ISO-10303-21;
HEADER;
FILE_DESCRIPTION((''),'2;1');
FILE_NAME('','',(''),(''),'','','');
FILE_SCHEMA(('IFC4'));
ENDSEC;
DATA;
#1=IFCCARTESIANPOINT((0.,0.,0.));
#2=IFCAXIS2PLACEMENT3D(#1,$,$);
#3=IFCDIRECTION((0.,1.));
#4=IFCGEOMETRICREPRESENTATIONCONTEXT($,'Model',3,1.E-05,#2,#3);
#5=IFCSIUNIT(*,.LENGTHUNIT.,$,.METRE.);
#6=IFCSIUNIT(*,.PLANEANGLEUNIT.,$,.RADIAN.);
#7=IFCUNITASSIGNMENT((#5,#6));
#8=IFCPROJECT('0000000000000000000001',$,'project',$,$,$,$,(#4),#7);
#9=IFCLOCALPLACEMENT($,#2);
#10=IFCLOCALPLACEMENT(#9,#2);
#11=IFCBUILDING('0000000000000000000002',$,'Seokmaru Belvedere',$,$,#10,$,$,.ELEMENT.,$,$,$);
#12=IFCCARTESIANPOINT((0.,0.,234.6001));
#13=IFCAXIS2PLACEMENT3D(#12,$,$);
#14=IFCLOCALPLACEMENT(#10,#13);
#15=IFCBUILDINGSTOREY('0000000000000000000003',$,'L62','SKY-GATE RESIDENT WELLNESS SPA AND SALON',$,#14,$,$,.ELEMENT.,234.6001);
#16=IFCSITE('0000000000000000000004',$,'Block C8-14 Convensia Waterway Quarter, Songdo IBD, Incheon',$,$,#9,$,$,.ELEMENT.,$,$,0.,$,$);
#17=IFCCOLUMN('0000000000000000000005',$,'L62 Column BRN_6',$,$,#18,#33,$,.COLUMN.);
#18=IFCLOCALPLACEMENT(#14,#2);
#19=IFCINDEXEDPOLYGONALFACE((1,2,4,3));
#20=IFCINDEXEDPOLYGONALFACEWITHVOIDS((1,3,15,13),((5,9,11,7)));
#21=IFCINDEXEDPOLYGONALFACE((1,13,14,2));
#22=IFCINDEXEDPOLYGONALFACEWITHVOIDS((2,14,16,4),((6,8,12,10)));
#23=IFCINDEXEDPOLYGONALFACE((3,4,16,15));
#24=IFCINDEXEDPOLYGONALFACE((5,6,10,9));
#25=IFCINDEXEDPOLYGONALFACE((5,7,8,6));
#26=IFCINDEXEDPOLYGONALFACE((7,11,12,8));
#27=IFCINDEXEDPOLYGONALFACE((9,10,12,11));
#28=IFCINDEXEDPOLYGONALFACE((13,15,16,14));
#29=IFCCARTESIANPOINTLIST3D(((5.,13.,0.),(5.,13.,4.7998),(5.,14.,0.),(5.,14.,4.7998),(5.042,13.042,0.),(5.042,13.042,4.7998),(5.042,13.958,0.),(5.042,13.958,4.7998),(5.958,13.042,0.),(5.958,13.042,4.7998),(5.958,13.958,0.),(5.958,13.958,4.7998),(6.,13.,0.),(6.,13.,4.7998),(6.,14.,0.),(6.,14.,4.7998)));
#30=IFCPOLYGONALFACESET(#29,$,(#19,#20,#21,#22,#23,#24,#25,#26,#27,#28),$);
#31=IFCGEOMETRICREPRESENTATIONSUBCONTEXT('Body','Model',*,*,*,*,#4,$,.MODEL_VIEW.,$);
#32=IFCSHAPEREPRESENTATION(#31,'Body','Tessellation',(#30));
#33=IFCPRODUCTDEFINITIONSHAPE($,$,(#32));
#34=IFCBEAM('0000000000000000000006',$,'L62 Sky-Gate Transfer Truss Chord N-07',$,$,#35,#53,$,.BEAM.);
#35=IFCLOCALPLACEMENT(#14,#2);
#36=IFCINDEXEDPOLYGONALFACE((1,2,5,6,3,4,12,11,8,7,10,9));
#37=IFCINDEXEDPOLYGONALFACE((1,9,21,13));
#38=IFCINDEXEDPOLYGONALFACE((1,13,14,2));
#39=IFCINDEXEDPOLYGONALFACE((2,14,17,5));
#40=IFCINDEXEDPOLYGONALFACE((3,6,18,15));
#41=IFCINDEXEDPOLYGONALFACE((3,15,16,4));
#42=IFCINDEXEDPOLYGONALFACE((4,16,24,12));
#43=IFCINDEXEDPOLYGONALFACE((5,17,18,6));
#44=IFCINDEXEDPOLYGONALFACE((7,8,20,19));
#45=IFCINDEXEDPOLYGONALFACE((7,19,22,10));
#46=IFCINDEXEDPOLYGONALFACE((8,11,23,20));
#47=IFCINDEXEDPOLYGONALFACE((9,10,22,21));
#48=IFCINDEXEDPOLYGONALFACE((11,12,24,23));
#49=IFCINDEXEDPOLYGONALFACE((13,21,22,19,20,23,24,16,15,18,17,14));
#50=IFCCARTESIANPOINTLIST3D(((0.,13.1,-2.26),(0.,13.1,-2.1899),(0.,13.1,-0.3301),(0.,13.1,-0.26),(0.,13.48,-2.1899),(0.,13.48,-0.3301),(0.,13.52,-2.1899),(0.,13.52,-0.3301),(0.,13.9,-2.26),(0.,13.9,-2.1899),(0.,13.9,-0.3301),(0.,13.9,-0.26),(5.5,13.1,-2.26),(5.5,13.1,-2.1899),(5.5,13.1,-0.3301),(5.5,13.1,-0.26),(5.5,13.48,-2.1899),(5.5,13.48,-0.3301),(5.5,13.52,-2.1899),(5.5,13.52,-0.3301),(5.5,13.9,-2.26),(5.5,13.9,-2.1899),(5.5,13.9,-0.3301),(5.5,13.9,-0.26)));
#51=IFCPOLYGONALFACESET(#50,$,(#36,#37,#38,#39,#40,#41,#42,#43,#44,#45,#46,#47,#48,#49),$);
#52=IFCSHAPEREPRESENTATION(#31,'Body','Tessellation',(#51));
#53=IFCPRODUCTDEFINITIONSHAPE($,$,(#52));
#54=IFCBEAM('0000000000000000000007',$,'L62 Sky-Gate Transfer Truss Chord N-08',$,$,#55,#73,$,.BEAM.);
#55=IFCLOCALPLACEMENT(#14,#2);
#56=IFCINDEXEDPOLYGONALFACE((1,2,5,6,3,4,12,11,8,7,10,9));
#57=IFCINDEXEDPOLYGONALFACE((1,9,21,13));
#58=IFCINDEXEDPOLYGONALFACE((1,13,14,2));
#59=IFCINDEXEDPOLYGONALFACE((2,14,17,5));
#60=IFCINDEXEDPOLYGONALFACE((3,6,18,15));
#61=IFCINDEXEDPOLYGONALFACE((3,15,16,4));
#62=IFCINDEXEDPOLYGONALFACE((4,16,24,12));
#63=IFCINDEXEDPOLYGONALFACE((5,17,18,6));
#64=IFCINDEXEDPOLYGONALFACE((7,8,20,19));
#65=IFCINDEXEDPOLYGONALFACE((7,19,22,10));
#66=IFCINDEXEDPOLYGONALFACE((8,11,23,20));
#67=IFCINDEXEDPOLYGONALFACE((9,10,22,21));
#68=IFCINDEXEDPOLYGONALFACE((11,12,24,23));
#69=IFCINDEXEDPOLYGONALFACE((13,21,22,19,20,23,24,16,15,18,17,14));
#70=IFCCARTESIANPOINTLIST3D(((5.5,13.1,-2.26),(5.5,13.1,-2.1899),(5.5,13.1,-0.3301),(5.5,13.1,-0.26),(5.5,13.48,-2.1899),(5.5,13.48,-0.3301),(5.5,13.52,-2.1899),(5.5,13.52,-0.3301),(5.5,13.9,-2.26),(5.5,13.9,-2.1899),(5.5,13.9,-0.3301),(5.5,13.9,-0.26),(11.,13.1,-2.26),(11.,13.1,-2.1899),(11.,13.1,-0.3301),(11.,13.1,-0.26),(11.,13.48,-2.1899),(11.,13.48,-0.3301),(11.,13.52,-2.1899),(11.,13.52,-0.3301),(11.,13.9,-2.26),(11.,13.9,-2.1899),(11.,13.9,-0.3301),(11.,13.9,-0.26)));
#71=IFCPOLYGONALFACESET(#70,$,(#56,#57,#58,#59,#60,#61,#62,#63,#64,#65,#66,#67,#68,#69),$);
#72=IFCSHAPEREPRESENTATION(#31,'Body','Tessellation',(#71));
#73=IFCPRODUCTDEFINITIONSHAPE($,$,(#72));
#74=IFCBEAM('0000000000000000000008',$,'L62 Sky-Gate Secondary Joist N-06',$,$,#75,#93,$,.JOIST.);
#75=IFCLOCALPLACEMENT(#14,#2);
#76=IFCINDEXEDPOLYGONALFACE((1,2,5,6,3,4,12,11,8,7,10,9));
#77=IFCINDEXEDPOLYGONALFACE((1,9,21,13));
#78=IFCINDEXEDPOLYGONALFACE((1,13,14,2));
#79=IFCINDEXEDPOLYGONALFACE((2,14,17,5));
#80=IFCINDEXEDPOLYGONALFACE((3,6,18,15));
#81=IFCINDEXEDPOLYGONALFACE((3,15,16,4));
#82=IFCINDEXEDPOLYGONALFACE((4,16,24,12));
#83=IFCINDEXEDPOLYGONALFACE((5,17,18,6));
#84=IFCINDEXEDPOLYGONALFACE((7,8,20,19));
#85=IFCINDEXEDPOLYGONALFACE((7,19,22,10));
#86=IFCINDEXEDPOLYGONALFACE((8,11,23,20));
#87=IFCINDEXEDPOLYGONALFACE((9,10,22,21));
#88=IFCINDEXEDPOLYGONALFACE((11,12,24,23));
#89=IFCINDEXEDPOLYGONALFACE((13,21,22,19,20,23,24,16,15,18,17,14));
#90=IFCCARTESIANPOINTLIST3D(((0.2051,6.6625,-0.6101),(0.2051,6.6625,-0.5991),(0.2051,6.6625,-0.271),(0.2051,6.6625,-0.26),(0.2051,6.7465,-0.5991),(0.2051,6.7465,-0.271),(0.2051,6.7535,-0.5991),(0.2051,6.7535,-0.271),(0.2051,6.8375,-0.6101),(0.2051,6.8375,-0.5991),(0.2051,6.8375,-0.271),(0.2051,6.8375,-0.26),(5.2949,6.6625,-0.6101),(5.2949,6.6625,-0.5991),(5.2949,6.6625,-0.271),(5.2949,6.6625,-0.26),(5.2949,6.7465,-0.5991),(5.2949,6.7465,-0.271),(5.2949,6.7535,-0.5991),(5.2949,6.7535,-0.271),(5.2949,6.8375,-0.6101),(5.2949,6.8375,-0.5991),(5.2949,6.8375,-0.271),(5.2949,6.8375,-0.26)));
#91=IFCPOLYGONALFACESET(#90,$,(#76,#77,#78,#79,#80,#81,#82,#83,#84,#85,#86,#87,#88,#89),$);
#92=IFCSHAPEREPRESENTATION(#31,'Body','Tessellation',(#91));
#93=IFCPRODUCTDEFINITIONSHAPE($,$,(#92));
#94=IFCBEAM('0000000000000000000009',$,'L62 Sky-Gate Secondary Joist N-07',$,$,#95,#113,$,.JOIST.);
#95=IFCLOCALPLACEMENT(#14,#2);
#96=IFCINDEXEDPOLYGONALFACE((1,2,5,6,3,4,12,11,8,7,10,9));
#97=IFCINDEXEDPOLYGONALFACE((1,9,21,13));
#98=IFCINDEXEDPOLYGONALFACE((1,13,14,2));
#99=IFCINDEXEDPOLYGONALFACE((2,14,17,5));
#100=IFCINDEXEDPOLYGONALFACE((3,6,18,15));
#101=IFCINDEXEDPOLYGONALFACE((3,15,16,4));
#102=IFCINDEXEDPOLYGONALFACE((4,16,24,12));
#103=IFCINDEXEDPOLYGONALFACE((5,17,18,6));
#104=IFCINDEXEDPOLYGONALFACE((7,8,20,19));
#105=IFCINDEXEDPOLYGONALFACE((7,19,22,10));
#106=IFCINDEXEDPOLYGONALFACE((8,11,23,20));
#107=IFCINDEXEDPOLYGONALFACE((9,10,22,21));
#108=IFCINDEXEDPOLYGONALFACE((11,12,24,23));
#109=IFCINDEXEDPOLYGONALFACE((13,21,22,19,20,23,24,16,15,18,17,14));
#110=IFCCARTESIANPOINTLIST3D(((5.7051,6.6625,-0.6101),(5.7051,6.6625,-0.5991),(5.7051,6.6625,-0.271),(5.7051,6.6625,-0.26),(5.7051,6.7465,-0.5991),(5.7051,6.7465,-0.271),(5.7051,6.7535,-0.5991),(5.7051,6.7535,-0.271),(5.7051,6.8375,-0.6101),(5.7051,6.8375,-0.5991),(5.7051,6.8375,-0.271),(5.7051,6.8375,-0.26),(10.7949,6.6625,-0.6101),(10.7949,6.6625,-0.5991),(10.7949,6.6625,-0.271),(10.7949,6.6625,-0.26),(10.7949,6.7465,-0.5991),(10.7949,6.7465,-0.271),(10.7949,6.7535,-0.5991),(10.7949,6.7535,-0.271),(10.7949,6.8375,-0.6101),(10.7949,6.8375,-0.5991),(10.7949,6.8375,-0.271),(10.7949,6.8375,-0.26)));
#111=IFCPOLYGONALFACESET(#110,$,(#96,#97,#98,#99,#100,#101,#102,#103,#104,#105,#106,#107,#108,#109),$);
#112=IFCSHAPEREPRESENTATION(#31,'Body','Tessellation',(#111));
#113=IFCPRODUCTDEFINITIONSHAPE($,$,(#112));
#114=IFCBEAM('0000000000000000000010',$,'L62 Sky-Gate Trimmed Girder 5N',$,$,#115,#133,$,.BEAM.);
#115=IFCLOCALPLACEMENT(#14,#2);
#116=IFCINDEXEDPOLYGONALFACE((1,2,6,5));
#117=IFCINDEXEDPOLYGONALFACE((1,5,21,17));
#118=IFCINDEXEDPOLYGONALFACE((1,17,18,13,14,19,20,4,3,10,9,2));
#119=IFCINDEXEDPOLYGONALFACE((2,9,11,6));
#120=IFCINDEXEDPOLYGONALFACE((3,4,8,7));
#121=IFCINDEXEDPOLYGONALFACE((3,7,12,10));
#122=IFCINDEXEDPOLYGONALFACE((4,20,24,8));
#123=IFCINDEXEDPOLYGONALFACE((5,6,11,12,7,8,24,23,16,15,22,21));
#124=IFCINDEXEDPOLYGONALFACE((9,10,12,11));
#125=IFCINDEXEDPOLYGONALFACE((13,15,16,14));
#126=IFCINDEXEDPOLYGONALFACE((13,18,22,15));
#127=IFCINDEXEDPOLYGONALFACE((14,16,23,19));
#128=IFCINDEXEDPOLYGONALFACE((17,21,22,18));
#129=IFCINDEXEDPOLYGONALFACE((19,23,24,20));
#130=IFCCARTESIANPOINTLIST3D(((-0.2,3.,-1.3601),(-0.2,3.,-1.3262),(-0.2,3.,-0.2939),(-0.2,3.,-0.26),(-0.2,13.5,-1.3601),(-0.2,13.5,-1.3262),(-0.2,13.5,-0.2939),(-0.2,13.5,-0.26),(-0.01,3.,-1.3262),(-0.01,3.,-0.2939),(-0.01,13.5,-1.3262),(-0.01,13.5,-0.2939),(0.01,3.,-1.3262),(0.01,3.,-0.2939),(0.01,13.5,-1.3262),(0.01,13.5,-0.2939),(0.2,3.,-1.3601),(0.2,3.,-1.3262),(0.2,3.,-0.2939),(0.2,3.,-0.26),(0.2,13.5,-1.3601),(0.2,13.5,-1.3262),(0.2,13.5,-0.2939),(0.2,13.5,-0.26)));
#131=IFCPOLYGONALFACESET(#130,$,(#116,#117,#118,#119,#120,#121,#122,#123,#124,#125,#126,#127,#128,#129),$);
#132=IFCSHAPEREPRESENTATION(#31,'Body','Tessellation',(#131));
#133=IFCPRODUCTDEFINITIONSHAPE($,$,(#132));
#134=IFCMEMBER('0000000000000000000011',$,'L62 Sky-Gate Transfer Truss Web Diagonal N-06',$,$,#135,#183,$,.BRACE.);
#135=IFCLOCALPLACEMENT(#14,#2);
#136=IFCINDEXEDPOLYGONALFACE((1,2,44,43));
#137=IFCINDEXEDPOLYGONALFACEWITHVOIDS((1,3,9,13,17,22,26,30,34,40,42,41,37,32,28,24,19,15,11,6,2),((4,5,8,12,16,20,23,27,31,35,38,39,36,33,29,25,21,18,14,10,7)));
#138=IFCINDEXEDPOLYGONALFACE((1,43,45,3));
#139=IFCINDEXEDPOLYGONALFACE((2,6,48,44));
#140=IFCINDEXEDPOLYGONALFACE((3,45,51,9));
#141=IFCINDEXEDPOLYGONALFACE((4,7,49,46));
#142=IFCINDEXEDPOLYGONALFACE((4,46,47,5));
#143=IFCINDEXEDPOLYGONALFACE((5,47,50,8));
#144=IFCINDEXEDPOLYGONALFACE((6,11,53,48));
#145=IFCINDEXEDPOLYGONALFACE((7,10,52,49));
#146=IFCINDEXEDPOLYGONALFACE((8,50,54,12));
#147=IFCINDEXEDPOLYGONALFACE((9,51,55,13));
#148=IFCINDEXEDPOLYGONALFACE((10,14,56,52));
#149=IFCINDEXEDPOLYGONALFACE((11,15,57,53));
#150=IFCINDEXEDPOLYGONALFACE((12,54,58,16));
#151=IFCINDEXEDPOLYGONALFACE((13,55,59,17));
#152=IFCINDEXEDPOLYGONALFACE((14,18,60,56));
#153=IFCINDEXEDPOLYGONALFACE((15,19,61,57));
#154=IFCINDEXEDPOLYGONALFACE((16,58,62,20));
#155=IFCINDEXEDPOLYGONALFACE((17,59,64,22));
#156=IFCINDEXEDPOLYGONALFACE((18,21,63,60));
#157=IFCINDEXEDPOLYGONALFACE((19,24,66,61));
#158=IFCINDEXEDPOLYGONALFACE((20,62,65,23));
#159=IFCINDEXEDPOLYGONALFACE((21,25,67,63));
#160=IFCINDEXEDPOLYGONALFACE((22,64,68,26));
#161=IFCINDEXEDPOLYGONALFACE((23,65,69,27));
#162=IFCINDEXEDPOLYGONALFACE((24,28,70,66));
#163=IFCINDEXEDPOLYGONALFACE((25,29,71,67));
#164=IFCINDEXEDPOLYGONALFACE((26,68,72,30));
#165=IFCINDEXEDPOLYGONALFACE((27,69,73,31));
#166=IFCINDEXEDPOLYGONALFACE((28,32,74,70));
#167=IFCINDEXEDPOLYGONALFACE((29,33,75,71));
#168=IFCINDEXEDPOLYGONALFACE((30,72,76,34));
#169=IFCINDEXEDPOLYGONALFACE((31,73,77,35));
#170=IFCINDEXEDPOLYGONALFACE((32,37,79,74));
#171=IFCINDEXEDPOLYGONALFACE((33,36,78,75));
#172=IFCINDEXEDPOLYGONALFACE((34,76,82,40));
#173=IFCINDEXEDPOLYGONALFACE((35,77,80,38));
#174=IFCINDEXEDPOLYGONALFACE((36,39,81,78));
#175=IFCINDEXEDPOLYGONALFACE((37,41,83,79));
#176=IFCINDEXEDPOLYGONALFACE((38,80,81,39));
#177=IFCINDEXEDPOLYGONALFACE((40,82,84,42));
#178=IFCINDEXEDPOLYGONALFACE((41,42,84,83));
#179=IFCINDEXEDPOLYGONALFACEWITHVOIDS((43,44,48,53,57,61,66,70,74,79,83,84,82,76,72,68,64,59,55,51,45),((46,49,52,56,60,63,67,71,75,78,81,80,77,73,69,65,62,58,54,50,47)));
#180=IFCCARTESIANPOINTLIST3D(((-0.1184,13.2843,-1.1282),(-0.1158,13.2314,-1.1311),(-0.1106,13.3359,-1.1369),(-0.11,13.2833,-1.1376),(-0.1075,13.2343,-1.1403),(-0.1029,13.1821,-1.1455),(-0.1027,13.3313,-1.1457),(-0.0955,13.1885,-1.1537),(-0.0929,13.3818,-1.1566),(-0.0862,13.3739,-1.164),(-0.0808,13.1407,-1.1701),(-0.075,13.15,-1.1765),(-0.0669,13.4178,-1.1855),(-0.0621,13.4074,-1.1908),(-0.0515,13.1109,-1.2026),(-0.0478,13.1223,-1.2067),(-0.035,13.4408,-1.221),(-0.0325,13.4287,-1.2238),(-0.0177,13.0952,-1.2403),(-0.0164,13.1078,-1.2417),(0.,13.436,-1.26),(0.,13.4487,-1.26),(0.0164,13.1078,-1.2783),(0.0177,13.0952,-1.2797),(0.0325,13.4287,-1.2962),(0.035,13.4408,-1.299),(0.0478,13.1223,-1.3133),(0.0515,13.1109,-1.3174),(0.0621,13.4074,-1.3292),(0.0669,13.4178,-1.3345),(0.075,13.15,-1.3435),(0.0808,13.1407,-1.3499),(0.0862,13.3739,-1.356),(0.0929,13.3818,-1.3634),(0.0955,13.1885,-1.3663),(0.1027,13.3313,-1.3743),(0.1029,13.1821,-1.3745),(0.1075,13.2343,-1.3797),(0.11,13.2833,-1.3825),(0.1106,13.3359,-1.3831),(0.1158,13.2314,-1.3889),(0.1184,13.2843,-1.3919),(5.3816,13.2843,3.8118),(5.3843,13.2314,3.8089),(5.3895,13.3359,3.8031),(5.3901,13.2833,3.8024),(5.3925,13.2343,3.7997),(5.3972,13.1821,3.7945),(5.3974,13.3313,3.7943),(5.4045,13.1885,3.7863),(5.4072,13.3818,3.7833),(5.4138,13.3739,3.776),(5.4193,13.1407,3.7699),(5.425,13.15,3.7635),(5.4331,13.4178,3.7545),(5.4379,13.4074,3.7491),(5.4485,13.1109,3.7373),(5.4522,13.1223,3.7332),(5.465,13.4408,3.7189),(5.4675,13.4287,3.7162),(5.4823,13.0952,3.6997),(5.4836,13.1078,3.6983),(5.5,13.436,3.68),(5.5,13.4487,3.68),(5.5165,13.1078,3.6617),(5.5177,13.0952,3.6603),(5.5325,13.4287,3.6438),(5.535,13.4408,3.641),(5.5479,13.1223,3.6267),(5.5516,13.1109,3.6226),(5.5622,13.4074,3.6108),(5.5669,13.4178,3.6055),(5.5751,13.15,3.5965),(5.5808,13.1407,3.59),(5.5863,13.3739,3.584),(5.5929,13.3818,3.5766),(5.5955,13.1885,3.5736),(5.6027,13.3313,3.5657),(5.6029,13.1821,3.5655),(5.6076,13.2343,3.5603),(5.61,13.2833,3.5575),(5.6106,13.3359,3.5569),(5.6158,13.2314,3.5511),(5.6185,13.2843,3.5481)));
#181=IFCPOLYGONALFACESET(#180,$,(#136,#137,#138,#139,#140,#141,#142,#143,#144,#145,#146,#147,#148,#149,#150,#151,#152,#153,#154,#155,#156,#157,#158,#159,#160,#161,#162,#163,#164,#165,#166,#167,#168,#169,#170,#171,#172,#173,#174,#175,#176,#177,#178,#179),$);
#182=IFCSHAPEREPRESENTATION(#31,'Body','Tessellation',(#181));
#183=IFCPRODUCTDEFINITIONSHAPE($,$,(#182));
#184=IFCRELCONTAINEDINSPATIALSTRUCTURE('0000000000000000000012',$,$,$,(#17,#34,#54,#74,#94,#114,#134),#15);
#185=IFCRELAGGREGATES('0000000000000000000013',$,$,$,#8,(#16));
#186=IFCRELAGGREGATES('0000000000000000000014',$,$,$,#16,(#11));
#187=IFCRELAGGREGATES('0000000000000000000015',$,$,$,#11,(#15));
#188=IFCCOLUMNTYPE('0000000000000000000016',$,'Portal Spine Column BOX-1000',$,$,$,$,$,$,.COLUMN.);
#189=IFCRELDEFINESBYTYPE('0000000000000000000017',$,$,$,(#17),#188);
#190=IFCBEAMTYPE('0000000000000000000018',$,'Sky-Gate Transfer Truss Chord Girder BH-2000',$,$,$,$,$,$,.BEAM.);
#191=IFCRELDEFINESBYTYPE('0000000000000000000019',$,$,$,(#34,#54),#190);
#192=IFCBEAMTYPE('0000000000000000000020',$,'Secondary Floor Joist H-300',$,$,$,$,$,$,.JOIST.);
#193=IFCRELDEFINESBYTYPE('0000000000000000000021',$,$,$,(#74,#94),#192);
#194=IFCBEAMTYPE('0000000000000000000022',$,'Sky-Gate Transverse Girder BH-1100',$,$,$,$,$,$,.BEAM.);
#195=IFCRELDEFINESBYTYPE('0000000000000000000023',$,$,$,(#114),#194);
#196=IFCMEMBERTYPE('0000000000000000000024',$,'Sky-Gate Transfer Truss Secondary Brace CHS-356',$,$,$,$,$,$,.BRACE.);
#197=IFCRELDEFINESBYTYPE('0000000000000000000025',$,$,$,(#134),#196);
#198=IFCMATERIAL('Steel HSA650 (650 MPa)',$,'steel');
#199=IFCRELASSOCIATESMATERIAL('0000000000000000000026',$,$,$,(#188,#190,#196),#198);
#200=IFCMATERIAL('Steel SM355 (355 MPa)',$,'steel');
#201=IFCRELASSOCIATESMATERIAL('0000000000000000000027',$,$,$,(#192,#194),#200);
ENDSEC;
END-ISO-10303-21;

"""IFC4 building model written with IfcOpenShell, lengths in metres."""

from ifc_helpers import new_model, si_unit, direction, frame, origin, origin_2d, place, context, subcontext, project, spatial, hollow_rectangle, hollow_circle, i_section, extrude, source, transform, mapped, material, material_profile, profile_set, type_object, type_shapes, element, save


model = new_model("IFC4")

# Units and contexts
model_context = context("Model", 3, precision=1e-05, world=origin(), true_north=direction((0.0, 1.0)))
body_context = subcontext(model_context, "Body", "Model", "MODEL_VIEW")
ifc_project = project(units=[si_unit("LENGTHUNIT", "METRE"), si_unit("PLANEANGLEUNIT", "RADIAN")], contexts=[model_context])

# Site, building, storey
site_placement = place(None, origin())
site = spatial("IfcSite", under=ifc_project, at=site_placement, Name="Block C8-14 Convensia Waterway Quarter, Songdo IBD, Incheon", CompositionType="ELEMENT", RefElevation=0.0)
building_placement = place(site_placement, origin())
building = spatial("IfcBuilding", under=site, at=building_placement, Name="Seokmaru Belvedere", CompositionType="ELEMENT")
storey_placement = place(building_placement, frame((0.0, 0.0, 234.6001)))
storey = spatial("IfcBuildingStorey", under=building, at=storey_placement, Name="L62", Description="SKY-GATE RESIDENT WELLNESS SPA AND SALON", CompositionType="ELEMENT", Elevation=234.6001)

# Column
ifc_material_1 = material(Name="Steel HSA650 (650 MPa)", Category="steel")
ifc_material_profile_1 = material_profile(ifc_material_1, hollow_rectangle(XDim=1.0, YDim=1.0, WallThickness=0.042, at=origin_2d()), Name="BOX-1000x1000x42")
ifc_profile_set_1 = profile_set([ifc_material_profile_1], Name="Steel HSA650 (650 MPa)")
column_type = type_object("IfcColumnType", Name="Portal Spine Column BOX-1000", PredefinedType="COLUMN", material=ifc_profile_set_1)
shared_shape_1 = source(origin(), body_context, "Body", "SweptSolid", [
    extrude(hollow_rectangle(XDim=1.0, YDim=1.0, WallThickness=0.042, at=origin_2d()), origin(), (0.0, 0.0, 1.0), 4.7998),
])
type_shapes(column_type, [shared_shape_1])
column_placement = place(storey_placement, frame((5.5, 13.5, 0.0), z_axis=(0.0, 0.0, 1.0), x_axis=(1.0, 0.0, 0.0)))
element("IfcColumn", 1, at=column_placement, inside=storey, type_object=column_type, Name="L62 Column BRN_6", PredefinedType="COLUMN", context=body_context, shape_type="MappedRepresentation", body=[
    mapped(shared_shape_1, transform((0.0, 0.0, 0.0), scale=1.0)),
])

# Beams
ifc_material_profile_2 = material_profile(ifc_material_1, i_section(OverallWidth=0.8, OverallDepth=2.0, WebThickness=0.04, FlangeThickness=0.0701, at=origin_2d()), Name="BH-2000x800x40x70")
ifc_profile_set_2 = profile_set([ifc_material_profile_2], Name="Steel HSA650 (650 MPa)")
beam_type_1 = type_object("IfcBeamType", Name="Sky-Gate Transfer Truss Chord Girder BH-2000", PredefinedType="BEAM", material=ifc_profile_set_2)
shared_shape_2 = source(origin(), body_context, "Body", "SweptSolid", [
    extrude(i_section(OverallWidth=0.8, OverallDepth=2.0, WebThickness=0.04, FlangeThickness=0.0701, at=origin_2d()), origin(), (0.0, 0.0, 1.0), 5.5),
])
type_shapes(beam_type_1, [shared_shape_2])
for number, where, z_axis, x_axis, name in (
    (2, (0.0, 13.5, -1.26), (1.0, 0.0, 0.0), (0.0, 1.0, 0.0), "L62 Sky-Gate Transfer Truss Chord N-07"),
    (3, (5.5, 13.5, -1.26), (1.0, 0.0, 0.0), (0.0, 1.0, 0.0), "L62 Sky-Gate Transfer Truss Chord N-08"),
):
    element("IfcBeam", number, at=place(storey_placement, frame(where, z_axis=z_axis, x_axis=x_axis)), inside=storey, type_object=beam_type_1, Name=name, PredefinedType="BEAM", context=body_context, shape_type="MappedRepresentation", body=[
        mapped(shared_shape_2, transform((0.0, 0.0, 0.0), scale=1.0)),
    ])
ifc_material_2 = material(Name="Steel SM355 (355 MPa)", Category="steel")
ifc_material_profile_3 = material_profile(ifc_material_2, i_section(OverallWidth=0.175, OverallDepth=0.3501, WebThickness=0.0071, FlangeThickness=0.011, at=origin_2d()), Name="H-350x175x7x11")
ifc_profile_set_3 = profile_set([ifc_material_profile_3], Name="Steel SM355 (355 MPa)")
beam_type_2 = type_object("IfcBeamType", Name="Secondary Floor Joist H-300", PredefinedType="JOIST", material=ifc_profile_set_3)
shared_shape_3 = source(origin(), body_context, "Body", "SweptSolid", [
    extrude(i_section(OverallWidth=0.175, OverallDepth=0.3501, WebThickness=0.0071, FlangeThickness=0.011, at=origin_2d()), origin(), (0.0, 0.0, 1.0), 5.0898),
])
type_shapes(beam_type_2, [shared_shape_3])
for number, where, z_axis, x_axis, name in (
    (4, (0.2051, 6.75, -0.4351), (1.0, 0.0, 0.0), (0.0, 1.0, 0.0), "L62 Sky-Gate Secondary Joist N-06"),
    (5, (5.7051, 6.75, -0.4351), (1.0, 0.0, 0.0), (0.0, 1.0, 0.0), "L62 Sky-Gate Secondary Joist N-07"),
):
    element("IfcBeam", number, at=place(storey_placement, frame(where, z_axis=z_axis, x_axis=x_axis)), inside=storey, type_object=beam_type_2, Name=name, PredefinedType="JOIST", context=body_context, shape_type="MappedRepresentation", body=[
        mapped(shared_shape_3, transform((0.0, 0.0, 0.0), scale=1.0)),
    ])
ifc_material_profile_4 = material_profile(ifc_material_2, i_section(OverallWidth=0.3999, OverallDepth=1.1001, WebThickness=0.02, FlangeThickness=0.0339, at=origin_2d()), Name="BH-1100x400x20x34")
ifc_profile_set_4 = profile_set([ifc_material_profile_4], Name="Steel SM355 (355 MPa)")
beam_type_3 = type_object("IfcBeamType", Name="Sky-Gate Transverse Girder BH-1100", PredefinedType="BEAM", material=ifc_profile_set_4)
shared_shape_4 = source(origin(), body_context, "Body", "SweptSolid", [
    extrude(i_section(OverallWidth=0.3999, OverallDepth=1.1001, WebThickness=0.02, FlangeThickness=0.0339, at=origin_2d()), origin(), (0.0, 0.0, 1.0), 10.5),
])
type_shapes(beam_type_3, [shared_shape_4])
beam_placement = place(storey_placement, frame((0.0, 3.0, -0.8101), z_axis=(0.0, 1.0, 0.0), x_axis=(-1.0, 0.0, 0.0)))
element("IfcBeam", 6, at=beam_placement, inside=storey, type_object=beam_type_3, Name="L62 Sky-Gate Trimmed Girder 5N", PredefinedType="BEAM", context=body_context, shape_type="MappedRepresentation", body=[
    mapped(shared_shape_4, transform((0.0, 0.0, 0.0), scale=1.0)),
])

# Member
ifc_material_profile_5 = material_profile(ifc_material_1, hollow_circle(Radius=0.1777, WallThickness=0.0127, at=origin_2d()), Name="CHS-355.6x12.7")
ifc_profile_set_5 = profile_set([ifc_material_profile_5], Name="Steel HSA650 (650 MPa)")
member_type_1 = type_object("IfcMemberType", Name="Sky-Gate Transfer Truss Secondary Brace CHS-356", PredefinedType="BRACE", material=ifc_profile_set_5)
shared_shape_5 = source(origin(), body_context, "Body", "SweptSolid", [
    extrude(hollow_circle(Radius=0.1777, WallThickness=0.0127, at=origin_2d()), origin(), (0.0, 0.0, 1.0), 7.3928),
])
type_shapes(member_type_1, [shared_shape_5])
for number, where, z_axis, x_axis, name in (
    (7, (0.0, 13.271, -1.26), (0.74397, 0.0, 0.668213), (0.0, 1.0, 0.0), "L62 Sky-Gate Transfer Truss Web Diagonal N-06"),
):
    element("IfcMember", number, at=place(storey_placement, frame(where, z_axis=z_axis, x_axis=x_axis)), inside=storey, type_object=member_type_1, Name=name, PredefinedType="BRACE", context=body_context, shape_type="MappedRepresentation", body=[
        mapped(shared_shape_5, transform((0.0, 0.0, 0.0), scale=1.0)),
    ])

save(model, "model.ifc")
